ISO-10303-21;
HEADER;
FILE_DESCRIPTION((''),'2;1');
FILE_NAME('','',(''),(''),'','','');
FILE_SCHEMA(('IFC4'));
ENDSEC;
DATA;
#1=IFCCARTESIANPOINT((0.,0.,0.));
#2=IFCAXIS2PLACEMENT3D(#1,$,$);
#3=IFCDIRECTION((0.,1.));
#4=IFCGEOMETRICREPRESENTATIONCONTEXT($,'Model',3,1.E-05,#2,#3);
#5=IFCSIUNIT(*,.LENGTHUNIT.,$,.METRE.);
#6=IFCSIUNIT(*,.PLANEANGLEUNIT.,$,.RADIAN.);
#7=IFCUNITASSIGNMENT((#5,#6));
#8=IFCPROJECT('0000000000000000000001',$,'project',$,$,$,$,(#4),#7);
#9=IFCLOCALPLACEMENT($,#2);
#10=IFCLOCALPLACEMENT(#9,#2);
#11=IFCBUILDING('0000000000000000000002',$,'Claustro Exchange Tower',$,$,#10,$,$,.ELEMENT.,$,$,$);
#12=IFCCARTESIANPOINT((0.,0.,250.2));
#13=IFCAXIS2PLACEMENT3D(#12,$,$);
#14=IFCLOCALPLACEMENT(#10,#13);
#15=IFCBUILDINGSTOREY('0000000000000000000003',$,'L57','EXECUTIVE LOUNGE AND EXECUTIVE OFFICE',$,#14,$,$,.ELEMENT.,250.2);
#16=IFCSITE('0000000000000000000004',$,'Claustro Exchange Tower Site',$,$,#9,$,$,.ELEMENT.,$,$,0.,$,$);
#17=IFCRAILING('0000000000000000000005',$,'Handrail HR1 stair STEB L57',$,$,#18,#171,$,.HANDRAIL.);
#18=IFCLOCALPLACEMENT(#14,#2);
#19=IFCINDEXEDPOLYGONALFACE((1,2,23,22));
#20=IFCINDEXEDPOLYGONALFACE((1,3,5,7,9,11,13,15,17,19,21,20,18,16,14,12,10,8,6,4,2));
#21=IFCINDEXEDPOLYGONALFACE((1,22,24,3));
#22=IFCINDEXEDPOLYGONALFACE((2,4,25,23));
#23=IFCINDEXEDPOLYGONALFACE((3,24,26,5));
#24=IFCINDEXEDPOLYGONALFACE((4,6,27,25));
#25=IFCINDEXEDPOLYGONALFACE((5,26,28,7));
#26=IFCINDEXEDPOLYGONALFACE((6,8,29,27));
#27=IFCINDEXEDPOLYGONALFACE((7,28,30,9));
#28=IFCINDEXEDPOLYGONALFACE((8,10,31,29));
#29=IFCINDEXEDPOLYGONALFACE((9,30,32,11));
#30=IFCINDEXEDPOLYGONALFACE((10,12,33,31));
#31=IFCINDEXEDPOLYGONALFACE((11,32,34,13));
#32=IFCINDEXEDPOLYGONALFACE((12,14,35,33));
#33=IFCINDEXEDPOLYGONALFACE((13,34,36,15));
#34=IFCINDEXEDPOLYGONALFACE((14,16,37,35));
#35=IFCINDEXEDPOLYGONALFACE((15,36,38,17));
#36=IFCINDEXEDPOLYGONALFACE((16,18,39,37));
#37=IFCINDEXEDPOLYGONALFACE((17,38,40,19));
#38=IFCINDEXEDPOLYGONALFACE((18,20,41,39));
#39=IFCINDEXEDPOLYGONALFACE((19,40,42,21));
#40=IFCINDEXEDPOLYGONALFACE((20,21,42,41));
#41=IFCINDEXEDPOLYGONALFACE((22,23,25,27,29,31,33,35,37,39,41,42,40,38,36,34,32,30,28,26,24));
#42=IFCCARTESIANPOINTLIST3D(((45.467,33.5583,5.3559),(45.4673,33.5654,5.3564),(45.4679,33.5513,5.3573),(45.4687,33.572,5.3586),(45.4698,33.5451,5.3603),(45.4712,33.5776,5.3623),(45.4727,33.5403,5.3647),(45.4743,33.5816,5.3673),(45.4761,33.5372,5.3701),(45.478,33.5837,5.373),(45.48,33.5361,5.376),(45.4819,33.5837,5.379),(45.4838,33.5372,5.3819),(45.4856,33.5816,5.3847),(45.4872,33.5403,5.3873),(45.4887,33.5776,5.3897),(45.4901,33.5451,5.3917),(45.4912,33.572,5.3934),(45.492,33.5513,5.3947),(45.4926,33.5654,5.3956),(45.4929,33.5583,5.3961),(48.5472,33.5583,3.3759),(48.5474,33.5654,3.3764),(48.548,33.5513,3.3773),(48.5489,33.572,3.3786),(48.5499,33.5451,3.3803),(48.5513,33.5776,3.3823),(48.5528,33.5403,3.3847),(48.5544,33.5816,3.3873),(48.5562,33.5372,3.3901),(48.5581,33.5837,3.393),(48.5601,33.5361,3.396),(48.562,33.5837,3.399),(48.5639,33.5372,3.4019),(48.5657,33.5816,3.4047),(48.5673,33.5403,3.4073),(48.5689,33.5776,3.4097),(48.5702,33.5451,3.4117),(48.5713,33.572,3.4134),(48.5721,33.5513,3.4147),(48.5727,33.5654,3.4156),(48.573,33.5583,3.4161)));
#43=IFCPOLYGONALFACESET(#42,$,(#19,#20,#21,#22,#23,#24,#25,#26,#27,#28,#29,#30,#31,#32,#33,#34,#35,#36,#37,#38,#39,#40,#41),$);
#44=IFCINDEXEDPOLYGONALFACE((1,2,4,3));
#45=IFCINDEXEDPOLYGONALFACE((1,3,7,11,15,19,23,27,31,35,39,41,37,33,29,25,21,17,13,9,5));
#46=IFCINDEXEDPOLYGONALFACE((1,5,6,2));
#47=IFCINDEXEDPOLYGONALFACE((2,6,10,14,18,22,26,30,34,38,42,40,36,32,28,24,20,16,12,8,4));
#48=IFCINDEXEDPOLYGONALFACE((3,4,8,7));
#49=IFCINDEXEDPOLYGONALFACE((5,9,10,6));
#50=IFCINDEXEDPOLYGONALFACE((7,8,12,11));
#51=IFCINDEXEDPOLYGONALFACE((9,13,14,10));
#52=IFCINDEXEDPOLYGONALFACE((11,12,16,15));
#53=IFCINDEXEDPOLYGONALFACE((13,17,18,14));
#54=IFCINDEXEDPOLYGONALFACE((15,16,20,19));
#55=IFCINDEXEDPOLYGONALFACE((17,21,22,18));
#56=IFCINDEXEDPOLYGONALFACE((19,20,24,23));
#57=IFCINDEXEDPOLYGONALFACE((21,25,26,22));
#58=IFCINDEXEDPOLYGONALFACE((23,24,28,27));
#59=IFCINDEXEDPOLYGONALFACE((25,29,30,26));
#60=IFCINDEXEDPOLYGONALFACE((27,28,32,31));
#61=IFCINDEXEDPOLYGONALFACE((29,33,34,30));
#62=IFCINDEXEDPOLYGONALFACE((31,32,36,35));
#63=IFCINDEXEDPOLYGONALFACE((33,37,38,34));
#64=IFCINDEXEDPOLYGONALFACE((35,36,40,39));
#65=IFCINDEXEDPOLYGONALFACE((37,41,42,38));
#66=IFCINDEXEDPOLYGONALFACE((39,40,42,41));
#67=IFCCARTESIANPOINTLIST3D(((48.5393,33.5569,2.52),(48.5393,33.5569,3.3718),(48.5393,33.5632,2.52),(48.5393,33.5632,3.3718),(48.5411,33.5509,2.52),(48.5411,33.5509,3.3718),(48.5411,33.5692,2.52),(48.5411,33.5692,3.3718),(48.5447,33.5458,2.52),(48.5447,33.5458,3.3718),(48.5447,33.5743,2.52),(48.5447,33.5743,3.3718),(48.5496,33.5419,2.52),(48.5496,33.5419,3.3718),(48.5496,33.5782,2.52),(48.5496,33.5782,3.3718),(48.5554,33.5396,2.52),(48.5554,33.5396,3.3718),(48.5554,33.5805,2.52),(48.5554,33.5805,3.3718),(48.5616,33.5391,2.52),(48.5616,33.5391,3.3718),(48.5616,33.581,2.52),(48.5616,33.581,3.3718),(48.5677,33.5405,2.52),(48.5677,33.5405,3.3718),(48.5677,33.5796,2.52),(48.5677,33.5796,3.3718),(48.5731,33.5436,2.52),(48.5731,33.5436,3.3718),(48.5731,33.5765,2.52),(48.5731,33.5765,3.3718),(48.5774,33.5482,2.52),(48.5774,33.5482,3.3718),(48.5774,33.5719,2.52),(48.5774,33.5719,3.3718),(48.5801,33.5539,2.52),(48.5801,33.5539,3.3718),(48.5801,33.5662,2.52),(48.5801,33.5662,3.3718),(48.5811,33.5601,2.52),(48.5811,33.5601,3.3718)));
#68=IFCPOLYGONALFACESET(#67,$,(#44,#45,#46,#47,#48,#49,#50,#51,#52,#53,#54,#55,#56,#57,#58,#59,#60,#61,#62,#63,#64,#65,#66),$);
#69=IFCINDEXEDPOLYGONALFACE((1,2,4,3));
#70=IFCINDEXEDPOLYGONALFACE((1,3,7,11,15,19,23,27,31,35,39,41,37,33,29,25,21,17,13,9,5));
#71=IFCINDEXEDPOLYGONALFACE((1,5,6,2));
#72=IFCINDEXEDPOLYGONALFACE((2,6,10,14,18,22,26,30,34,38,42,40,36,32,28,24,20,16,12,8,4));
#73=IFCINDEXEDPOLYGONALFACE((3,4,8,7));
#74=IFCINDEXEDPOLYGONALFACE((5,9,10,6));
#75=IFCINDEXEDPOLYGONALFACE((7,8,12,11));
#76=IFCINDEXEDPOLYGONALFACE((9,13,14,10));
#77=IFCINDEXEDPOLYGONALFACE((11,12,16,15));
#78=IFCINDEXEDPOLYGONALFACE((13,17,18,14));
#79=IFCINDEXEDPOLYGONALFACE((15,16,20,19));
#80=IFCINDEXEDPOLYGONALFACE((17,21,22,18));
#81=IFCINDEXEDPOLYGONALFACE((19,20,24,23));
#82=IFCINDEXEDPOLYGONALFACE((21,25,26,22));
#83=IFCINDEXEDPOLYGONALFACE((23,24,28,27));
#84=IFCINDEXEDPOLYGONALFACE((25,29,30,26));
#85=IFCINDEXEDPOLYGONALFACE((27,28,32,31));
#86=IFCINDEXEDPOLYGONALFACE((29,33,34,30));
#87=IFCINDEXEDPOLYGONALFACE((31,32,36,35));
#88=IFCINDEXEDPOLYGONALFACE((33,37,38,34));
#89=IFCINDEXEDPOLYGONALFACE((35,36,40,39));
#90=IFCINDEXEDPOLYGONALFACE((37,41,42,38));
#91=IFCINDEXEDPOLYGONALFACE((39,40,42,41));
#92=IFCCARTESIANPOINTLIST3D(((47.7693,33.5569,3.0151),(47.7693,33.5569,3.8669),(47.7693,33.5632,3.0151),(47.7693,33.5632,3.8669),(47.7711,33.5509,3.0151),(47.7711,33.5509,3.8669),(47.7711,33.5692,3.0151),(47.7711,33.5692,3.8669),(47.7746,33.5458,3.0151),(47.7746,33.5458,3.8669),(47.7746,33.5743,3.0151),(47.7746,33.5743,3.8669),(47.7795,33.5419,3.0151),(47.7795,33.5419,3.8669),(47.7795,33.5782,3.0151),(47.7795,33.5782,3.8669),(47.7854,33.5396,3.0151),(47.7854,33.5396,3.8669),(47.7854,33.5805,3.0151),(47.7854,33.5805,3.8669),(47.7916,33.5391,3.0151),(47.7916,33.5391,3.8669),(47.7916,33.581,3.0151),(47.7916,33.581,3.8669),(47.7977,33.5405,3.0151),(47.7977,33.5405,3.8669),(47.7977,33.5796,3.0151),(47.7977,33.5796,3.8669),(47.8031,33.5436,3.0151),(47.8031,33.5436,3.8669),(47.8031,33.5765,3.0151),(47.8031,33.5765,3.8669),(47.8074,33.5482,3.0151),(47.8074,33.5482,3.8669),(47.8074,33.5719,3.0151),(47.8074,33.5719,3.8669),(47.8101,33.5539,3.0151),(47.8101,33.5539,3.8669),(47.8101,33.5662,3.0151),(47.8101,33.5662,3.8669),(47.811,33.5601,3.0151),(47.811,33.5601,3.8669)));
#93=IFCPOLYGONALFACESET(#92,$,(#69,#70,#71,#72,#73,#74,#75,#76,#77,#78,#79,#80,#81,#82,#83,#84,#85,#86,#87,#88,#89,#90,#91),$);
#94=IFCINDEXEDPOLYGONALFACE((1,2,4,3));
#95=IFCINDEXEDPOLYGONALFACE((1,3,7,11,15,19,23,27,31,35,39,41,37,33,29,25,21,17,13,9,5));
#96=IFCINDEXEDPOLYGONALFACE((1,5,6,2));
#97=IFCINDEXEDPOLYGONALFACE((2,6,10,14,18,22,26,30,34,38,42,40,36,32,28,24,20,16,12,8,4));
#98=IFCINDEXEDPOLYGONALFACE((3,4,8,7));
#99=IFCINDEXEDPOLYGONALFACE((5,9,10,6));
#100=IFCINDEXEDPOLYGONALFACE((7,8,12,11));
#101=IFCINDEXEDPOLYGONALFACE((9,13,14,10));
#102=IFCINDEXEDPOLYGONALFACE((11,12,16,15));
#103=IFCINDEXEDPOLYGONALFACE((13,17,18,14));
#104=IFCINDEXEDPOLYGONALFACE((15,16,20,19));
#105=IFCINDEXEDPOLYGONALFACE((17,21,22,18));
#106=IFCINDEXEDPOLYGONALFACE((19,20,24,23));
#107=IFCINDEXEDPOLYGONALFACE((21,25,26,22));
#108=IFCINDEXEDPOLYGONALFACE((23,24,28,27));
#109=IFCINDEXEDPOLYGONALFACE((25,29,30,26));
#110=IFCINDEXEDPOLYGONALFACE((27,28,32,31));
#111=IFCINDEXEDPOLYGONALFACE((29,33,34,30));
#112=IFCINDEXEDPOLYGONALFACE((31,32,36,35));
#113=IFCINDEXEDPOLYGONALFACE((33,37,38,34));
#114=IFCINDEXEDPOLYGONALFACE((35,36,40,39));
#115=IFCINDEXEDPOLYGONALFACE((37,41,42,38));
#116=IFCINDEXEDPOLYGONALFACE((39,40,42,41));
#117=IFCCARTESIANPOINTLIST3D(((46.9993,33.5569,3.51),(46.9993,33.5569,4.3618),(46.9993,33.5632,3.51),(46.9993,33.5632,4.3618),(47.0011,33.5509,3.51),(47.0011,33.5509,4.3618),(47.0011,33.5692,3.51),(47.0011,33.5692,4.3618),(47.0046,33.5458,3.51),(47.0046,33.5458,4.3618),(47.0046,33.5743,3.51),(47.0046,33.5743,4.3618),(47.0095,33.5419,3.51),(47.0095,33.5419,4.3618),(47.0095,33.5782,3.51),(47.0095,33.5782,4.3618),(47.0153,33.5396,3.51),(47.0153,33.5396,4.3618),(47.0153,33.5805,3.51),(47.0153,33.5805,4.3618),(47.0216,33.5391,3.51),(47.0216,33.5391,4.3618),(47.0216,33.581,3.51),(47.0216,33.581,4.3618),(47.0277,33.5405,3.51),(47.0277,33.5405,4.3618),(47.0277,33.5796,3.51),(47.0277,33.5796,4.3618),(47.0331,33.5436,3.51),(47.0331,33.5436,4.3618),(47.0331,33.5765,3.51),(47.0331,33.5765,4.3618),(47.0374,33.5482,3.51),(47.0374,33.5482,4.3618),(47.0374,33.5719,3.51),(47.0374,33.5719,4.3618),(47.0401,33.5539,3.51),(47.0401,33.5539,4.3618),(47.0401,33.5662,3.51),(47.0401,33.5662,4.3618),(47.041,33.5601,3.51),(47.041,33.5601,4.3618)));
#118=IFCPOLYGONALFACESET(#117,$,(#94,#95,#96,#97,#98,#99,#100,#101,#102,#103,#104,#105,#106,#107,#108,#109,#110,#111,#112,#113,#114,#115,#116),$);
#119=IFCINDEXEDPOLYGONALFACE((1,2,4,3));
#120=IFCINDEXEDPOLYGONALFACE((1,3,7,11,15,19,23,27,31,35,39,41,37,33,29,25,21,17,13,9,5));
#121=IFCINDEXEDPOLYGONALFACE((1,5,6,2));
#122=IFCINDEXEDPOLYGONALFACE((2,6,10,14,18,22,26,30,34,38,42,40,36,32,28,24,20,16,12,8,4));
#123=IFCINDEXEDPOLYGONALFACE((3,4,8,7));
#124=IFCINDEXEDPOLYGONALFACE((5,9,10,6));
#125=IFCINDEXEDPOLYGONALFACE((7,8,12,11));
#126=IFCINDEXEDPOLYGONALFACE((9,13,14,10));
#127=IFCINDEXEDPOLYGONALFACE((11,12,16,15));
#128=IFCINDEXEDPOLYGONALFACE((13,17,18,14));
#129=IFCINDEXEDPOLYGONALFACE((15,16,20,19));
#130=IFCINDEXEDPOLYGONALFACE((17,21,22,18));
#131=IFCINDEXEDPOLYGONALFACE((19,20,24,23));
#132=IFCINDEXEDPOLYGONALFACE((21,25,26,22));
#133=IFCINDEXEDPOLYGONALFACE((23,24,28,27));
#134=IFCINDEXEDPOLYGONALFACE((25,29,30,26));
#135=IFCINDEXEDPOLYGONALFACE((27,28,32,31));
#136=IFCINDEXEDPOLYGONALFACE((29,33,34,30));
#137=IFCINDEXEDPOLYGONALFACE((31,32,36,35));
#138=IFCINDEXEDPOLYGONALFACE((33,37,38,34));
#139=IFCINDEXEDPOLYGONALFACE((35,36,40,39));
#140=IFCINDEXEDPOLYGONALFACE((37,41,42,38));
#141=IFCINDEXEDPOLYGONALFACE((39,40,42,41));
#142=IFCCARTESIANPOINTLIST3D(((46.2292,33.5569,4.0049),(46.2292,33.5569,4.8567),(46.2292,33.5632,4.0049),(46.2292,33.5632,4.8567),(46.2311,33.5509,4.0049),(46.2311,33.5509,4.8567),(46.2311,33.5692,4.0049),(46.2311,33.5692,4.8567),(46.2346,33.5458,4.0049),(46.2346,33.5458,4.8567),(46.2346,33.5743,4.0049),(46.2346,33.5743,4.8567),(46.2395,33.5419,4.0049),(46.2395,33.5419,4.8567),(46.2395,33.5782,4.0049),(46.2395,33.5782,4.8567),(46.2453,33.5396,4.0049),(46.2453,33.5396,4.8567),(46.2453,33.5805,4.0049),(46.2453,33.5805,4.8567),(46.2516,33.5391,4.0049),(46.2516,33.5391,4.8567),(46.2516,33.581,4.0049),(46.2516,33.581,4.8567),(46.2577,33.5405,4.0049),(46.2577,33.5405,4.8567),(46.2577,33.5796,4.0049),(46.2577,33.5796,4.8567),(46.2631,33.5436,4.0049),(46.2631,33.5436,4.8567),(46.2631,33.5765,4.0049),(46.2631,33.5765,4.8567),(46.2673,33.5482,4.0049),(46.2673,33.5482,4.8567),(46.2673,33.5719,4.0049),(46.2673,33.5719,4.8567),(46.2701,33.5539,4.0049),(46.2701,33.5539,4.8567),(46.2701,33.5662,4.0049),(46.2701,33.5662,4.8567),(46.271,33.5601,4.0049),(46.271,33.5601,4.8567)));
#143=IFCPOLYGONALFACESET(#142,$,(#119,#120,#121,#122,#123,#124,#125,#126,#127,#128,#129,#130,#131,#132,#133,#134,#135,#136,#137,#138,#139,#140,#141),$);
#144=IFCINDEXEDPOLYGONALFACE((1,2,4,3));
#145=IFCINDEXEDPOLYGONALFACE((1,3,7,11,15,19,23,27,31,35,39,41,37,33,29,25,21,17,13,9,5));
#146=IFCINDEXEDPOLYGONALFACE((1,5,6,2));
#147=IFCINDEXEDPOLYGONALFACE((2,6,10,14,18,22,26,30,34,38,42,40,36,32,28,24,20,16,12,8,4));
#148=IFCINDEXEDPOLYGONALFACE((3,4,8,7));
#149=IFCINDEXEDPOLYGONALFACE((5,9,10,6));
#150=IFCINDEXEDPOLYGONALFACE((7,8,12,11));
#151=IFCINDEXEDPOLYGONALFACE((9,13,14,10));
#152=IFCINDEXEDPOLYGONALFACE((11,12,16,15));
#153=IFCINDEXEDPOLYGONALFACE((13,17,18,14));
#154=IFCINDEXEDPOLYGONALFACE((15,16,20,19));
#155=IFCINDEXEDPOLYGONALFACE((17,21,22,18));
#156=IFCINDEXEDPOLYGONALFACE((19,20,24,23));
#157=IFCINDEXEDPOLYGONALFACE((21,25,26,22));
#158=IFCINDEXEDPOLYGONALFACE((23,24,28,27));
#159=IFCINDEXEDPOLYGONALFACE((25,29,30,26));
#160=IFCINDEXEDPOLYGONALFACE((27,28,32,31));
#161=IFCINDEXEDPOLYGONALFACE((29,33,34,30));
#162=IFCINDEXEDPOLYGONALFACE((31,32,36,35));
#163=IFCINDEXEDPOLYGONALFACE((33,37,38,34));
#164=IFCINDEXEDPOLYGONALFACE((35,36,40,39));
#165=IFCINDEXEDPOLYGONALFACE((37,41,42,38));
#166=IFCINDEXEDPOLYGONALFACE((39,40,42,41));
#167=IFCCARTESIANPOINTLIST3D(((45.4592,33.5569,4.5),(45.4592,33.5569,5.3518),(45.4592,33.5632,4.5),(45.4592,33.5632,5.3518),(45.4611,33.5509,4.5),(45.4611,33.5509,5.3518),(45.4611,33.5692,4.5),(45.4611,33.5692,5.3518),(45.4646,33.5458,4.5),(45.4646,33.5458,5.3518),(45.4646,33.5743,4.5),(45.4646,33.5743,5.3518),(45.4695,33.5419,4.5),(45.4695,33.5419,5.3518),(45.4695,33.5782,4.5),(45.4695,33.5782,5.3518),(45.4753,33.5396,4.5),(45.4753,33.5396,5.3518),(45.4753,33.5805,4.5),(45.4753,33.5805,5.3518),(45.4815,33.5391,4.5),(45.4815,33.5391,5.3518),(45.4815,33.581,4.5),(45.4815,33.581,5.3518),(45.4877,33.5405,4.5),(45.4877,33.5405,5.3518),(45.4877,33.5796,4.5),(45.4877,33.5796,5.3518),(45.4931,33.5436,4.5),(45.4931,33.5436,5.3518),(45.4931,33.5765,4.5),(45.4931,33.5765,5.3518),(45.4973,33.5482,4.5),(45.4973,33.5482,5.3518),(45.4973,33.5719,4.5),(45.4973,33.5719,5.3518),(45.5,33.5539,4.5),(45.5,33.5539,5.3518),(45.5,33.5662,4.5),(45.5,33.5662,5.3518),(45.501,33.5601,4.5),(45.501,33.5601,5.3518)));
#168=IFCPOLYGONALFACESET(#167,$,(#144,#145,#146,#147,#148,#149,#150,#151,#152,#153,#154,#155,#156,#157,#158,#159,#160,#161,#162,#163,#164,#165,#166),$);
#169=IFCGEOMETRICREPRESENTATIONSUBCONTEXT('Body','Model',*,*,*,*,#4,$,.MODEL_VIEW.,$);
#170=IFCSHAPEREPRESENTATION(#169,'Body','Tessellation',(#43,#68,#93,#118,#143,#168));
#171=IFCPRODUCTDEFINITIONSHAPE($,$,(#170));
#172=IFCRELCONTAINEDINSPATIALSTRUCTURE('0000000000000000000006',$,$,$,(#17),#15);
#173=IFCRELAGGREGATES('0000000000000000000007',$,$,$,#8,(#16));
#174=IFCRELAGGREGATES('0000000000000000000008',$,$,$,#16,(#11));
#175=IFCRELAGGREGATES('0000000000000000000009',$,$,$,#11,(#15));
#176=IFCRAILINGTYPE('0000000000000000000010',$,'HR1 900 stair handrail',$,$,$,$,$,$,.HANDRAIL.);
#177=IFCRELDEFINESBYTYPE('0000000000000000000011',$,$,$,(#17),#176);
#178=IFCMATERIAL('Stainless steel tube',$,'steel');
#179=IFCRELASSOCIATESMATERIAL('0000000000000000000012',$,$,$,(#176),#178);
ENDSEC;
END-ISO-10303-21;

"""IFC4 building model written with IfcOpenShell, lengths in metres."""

from ifc_helpers import new_model, si_unit, direction, frame, origin, origin_2d, place, context, subcontext, project, spatial, circle, extrude, material, type_object, element, save


model = new_model("IFC4")

# Units and contexts
model_context = context("Model", 3, precision=1e-05, world=origin(), true_north=direction((0.0, 1.0)))
body_context = subcontext(model_context, "Body", "Model", "MODEL_VIEW")
ifc_project = project(units=[si_unit("LENGTHUNIT", "METRE"), si_unit("PLANEANGLEUNIT", "RADIAN")], contexts=[model_context])

# Site, building, storey
site_placement = place(None, origin())
site = spatial("IfcSite", under=ifc_project, at=site_placement, Name="Claustro Exchange Tower Site", CompositionType="ELEMENT", RefElevation=0.0)
building_placement = place(site_placement, origin())
building = spatial("IfcBuilding", under=site, at=building_placement, Name="Claustro Exchange Tower", CompositionType="ELEMENT")
storey_placement = place(building_placement, frame((0.0, 0.0, 250.2)))
storey = spatial("IfcBuildingStorey", under=building, at=storey_placement, Name="L57", Description="EXECUTIVE LOUNGE AND EXECUTIVE OFFICE", CompositionType="ELEMENT", Elevation=250.2)

# Railing
ifc_material_1 = material(Name="Stainless steel tube", Category="steel")
railing_type_1 = type_object("IfcRailingType", Name="HR1 900 stair handrail", PredefinedType="HANDRAIL", material=ifc_material_1)
railing_1_placement = place(storey_placement, frame((48.5601, 33.5601, 2.52)))
element("IfcRailing", 1, at=railing_1_placement, inside=storey, type_object=railing_type_1, Name="Handrail HR1 stair STEB L57", PredefinedType="HANDRAIL", context=body_context, shape_type="SweptSolid", body=[
    extrude(circle(Radius=0.0239, at=origin_2d()), frame((0.0, 0.0, 0.876), z_axis=(-0.841187, 0.0, 0.540744), x_axis=(0.0, -1.0, 0.0)), (0.0, 0.0, 1.0), 3.6616),
    extrude(circle(Radius=0.021, at=origin_2d()), origin(), (0.0, 0.0, 1.0), 0.8518),
    extrude(circle(Radius=0.021, at=origin_2d()), frame((-0.77, 0.0, 0.4951)), (0.0, 0.0, 1.0), 0.8518),
    extrude(circle(Radius=0.021, at=origin_2d()), frame((-1.54, 0.0, 0.99)), (0.0, 0.0, 1.0), 0.8518),
    extrude(circle(Radius=0.021, at=origin_2d()), frame((-2.3101, 0.0, 1.4849)), (0.0, 0.0, 1.0), 0.8518),
    extrude(circle(Radius=0.021, at=origin_2d()), frame((-3.0801, 0.0, 1.98)), (0.0, 0.0, 1.0), 0.8518),
])

save(model, "model.ifc")
